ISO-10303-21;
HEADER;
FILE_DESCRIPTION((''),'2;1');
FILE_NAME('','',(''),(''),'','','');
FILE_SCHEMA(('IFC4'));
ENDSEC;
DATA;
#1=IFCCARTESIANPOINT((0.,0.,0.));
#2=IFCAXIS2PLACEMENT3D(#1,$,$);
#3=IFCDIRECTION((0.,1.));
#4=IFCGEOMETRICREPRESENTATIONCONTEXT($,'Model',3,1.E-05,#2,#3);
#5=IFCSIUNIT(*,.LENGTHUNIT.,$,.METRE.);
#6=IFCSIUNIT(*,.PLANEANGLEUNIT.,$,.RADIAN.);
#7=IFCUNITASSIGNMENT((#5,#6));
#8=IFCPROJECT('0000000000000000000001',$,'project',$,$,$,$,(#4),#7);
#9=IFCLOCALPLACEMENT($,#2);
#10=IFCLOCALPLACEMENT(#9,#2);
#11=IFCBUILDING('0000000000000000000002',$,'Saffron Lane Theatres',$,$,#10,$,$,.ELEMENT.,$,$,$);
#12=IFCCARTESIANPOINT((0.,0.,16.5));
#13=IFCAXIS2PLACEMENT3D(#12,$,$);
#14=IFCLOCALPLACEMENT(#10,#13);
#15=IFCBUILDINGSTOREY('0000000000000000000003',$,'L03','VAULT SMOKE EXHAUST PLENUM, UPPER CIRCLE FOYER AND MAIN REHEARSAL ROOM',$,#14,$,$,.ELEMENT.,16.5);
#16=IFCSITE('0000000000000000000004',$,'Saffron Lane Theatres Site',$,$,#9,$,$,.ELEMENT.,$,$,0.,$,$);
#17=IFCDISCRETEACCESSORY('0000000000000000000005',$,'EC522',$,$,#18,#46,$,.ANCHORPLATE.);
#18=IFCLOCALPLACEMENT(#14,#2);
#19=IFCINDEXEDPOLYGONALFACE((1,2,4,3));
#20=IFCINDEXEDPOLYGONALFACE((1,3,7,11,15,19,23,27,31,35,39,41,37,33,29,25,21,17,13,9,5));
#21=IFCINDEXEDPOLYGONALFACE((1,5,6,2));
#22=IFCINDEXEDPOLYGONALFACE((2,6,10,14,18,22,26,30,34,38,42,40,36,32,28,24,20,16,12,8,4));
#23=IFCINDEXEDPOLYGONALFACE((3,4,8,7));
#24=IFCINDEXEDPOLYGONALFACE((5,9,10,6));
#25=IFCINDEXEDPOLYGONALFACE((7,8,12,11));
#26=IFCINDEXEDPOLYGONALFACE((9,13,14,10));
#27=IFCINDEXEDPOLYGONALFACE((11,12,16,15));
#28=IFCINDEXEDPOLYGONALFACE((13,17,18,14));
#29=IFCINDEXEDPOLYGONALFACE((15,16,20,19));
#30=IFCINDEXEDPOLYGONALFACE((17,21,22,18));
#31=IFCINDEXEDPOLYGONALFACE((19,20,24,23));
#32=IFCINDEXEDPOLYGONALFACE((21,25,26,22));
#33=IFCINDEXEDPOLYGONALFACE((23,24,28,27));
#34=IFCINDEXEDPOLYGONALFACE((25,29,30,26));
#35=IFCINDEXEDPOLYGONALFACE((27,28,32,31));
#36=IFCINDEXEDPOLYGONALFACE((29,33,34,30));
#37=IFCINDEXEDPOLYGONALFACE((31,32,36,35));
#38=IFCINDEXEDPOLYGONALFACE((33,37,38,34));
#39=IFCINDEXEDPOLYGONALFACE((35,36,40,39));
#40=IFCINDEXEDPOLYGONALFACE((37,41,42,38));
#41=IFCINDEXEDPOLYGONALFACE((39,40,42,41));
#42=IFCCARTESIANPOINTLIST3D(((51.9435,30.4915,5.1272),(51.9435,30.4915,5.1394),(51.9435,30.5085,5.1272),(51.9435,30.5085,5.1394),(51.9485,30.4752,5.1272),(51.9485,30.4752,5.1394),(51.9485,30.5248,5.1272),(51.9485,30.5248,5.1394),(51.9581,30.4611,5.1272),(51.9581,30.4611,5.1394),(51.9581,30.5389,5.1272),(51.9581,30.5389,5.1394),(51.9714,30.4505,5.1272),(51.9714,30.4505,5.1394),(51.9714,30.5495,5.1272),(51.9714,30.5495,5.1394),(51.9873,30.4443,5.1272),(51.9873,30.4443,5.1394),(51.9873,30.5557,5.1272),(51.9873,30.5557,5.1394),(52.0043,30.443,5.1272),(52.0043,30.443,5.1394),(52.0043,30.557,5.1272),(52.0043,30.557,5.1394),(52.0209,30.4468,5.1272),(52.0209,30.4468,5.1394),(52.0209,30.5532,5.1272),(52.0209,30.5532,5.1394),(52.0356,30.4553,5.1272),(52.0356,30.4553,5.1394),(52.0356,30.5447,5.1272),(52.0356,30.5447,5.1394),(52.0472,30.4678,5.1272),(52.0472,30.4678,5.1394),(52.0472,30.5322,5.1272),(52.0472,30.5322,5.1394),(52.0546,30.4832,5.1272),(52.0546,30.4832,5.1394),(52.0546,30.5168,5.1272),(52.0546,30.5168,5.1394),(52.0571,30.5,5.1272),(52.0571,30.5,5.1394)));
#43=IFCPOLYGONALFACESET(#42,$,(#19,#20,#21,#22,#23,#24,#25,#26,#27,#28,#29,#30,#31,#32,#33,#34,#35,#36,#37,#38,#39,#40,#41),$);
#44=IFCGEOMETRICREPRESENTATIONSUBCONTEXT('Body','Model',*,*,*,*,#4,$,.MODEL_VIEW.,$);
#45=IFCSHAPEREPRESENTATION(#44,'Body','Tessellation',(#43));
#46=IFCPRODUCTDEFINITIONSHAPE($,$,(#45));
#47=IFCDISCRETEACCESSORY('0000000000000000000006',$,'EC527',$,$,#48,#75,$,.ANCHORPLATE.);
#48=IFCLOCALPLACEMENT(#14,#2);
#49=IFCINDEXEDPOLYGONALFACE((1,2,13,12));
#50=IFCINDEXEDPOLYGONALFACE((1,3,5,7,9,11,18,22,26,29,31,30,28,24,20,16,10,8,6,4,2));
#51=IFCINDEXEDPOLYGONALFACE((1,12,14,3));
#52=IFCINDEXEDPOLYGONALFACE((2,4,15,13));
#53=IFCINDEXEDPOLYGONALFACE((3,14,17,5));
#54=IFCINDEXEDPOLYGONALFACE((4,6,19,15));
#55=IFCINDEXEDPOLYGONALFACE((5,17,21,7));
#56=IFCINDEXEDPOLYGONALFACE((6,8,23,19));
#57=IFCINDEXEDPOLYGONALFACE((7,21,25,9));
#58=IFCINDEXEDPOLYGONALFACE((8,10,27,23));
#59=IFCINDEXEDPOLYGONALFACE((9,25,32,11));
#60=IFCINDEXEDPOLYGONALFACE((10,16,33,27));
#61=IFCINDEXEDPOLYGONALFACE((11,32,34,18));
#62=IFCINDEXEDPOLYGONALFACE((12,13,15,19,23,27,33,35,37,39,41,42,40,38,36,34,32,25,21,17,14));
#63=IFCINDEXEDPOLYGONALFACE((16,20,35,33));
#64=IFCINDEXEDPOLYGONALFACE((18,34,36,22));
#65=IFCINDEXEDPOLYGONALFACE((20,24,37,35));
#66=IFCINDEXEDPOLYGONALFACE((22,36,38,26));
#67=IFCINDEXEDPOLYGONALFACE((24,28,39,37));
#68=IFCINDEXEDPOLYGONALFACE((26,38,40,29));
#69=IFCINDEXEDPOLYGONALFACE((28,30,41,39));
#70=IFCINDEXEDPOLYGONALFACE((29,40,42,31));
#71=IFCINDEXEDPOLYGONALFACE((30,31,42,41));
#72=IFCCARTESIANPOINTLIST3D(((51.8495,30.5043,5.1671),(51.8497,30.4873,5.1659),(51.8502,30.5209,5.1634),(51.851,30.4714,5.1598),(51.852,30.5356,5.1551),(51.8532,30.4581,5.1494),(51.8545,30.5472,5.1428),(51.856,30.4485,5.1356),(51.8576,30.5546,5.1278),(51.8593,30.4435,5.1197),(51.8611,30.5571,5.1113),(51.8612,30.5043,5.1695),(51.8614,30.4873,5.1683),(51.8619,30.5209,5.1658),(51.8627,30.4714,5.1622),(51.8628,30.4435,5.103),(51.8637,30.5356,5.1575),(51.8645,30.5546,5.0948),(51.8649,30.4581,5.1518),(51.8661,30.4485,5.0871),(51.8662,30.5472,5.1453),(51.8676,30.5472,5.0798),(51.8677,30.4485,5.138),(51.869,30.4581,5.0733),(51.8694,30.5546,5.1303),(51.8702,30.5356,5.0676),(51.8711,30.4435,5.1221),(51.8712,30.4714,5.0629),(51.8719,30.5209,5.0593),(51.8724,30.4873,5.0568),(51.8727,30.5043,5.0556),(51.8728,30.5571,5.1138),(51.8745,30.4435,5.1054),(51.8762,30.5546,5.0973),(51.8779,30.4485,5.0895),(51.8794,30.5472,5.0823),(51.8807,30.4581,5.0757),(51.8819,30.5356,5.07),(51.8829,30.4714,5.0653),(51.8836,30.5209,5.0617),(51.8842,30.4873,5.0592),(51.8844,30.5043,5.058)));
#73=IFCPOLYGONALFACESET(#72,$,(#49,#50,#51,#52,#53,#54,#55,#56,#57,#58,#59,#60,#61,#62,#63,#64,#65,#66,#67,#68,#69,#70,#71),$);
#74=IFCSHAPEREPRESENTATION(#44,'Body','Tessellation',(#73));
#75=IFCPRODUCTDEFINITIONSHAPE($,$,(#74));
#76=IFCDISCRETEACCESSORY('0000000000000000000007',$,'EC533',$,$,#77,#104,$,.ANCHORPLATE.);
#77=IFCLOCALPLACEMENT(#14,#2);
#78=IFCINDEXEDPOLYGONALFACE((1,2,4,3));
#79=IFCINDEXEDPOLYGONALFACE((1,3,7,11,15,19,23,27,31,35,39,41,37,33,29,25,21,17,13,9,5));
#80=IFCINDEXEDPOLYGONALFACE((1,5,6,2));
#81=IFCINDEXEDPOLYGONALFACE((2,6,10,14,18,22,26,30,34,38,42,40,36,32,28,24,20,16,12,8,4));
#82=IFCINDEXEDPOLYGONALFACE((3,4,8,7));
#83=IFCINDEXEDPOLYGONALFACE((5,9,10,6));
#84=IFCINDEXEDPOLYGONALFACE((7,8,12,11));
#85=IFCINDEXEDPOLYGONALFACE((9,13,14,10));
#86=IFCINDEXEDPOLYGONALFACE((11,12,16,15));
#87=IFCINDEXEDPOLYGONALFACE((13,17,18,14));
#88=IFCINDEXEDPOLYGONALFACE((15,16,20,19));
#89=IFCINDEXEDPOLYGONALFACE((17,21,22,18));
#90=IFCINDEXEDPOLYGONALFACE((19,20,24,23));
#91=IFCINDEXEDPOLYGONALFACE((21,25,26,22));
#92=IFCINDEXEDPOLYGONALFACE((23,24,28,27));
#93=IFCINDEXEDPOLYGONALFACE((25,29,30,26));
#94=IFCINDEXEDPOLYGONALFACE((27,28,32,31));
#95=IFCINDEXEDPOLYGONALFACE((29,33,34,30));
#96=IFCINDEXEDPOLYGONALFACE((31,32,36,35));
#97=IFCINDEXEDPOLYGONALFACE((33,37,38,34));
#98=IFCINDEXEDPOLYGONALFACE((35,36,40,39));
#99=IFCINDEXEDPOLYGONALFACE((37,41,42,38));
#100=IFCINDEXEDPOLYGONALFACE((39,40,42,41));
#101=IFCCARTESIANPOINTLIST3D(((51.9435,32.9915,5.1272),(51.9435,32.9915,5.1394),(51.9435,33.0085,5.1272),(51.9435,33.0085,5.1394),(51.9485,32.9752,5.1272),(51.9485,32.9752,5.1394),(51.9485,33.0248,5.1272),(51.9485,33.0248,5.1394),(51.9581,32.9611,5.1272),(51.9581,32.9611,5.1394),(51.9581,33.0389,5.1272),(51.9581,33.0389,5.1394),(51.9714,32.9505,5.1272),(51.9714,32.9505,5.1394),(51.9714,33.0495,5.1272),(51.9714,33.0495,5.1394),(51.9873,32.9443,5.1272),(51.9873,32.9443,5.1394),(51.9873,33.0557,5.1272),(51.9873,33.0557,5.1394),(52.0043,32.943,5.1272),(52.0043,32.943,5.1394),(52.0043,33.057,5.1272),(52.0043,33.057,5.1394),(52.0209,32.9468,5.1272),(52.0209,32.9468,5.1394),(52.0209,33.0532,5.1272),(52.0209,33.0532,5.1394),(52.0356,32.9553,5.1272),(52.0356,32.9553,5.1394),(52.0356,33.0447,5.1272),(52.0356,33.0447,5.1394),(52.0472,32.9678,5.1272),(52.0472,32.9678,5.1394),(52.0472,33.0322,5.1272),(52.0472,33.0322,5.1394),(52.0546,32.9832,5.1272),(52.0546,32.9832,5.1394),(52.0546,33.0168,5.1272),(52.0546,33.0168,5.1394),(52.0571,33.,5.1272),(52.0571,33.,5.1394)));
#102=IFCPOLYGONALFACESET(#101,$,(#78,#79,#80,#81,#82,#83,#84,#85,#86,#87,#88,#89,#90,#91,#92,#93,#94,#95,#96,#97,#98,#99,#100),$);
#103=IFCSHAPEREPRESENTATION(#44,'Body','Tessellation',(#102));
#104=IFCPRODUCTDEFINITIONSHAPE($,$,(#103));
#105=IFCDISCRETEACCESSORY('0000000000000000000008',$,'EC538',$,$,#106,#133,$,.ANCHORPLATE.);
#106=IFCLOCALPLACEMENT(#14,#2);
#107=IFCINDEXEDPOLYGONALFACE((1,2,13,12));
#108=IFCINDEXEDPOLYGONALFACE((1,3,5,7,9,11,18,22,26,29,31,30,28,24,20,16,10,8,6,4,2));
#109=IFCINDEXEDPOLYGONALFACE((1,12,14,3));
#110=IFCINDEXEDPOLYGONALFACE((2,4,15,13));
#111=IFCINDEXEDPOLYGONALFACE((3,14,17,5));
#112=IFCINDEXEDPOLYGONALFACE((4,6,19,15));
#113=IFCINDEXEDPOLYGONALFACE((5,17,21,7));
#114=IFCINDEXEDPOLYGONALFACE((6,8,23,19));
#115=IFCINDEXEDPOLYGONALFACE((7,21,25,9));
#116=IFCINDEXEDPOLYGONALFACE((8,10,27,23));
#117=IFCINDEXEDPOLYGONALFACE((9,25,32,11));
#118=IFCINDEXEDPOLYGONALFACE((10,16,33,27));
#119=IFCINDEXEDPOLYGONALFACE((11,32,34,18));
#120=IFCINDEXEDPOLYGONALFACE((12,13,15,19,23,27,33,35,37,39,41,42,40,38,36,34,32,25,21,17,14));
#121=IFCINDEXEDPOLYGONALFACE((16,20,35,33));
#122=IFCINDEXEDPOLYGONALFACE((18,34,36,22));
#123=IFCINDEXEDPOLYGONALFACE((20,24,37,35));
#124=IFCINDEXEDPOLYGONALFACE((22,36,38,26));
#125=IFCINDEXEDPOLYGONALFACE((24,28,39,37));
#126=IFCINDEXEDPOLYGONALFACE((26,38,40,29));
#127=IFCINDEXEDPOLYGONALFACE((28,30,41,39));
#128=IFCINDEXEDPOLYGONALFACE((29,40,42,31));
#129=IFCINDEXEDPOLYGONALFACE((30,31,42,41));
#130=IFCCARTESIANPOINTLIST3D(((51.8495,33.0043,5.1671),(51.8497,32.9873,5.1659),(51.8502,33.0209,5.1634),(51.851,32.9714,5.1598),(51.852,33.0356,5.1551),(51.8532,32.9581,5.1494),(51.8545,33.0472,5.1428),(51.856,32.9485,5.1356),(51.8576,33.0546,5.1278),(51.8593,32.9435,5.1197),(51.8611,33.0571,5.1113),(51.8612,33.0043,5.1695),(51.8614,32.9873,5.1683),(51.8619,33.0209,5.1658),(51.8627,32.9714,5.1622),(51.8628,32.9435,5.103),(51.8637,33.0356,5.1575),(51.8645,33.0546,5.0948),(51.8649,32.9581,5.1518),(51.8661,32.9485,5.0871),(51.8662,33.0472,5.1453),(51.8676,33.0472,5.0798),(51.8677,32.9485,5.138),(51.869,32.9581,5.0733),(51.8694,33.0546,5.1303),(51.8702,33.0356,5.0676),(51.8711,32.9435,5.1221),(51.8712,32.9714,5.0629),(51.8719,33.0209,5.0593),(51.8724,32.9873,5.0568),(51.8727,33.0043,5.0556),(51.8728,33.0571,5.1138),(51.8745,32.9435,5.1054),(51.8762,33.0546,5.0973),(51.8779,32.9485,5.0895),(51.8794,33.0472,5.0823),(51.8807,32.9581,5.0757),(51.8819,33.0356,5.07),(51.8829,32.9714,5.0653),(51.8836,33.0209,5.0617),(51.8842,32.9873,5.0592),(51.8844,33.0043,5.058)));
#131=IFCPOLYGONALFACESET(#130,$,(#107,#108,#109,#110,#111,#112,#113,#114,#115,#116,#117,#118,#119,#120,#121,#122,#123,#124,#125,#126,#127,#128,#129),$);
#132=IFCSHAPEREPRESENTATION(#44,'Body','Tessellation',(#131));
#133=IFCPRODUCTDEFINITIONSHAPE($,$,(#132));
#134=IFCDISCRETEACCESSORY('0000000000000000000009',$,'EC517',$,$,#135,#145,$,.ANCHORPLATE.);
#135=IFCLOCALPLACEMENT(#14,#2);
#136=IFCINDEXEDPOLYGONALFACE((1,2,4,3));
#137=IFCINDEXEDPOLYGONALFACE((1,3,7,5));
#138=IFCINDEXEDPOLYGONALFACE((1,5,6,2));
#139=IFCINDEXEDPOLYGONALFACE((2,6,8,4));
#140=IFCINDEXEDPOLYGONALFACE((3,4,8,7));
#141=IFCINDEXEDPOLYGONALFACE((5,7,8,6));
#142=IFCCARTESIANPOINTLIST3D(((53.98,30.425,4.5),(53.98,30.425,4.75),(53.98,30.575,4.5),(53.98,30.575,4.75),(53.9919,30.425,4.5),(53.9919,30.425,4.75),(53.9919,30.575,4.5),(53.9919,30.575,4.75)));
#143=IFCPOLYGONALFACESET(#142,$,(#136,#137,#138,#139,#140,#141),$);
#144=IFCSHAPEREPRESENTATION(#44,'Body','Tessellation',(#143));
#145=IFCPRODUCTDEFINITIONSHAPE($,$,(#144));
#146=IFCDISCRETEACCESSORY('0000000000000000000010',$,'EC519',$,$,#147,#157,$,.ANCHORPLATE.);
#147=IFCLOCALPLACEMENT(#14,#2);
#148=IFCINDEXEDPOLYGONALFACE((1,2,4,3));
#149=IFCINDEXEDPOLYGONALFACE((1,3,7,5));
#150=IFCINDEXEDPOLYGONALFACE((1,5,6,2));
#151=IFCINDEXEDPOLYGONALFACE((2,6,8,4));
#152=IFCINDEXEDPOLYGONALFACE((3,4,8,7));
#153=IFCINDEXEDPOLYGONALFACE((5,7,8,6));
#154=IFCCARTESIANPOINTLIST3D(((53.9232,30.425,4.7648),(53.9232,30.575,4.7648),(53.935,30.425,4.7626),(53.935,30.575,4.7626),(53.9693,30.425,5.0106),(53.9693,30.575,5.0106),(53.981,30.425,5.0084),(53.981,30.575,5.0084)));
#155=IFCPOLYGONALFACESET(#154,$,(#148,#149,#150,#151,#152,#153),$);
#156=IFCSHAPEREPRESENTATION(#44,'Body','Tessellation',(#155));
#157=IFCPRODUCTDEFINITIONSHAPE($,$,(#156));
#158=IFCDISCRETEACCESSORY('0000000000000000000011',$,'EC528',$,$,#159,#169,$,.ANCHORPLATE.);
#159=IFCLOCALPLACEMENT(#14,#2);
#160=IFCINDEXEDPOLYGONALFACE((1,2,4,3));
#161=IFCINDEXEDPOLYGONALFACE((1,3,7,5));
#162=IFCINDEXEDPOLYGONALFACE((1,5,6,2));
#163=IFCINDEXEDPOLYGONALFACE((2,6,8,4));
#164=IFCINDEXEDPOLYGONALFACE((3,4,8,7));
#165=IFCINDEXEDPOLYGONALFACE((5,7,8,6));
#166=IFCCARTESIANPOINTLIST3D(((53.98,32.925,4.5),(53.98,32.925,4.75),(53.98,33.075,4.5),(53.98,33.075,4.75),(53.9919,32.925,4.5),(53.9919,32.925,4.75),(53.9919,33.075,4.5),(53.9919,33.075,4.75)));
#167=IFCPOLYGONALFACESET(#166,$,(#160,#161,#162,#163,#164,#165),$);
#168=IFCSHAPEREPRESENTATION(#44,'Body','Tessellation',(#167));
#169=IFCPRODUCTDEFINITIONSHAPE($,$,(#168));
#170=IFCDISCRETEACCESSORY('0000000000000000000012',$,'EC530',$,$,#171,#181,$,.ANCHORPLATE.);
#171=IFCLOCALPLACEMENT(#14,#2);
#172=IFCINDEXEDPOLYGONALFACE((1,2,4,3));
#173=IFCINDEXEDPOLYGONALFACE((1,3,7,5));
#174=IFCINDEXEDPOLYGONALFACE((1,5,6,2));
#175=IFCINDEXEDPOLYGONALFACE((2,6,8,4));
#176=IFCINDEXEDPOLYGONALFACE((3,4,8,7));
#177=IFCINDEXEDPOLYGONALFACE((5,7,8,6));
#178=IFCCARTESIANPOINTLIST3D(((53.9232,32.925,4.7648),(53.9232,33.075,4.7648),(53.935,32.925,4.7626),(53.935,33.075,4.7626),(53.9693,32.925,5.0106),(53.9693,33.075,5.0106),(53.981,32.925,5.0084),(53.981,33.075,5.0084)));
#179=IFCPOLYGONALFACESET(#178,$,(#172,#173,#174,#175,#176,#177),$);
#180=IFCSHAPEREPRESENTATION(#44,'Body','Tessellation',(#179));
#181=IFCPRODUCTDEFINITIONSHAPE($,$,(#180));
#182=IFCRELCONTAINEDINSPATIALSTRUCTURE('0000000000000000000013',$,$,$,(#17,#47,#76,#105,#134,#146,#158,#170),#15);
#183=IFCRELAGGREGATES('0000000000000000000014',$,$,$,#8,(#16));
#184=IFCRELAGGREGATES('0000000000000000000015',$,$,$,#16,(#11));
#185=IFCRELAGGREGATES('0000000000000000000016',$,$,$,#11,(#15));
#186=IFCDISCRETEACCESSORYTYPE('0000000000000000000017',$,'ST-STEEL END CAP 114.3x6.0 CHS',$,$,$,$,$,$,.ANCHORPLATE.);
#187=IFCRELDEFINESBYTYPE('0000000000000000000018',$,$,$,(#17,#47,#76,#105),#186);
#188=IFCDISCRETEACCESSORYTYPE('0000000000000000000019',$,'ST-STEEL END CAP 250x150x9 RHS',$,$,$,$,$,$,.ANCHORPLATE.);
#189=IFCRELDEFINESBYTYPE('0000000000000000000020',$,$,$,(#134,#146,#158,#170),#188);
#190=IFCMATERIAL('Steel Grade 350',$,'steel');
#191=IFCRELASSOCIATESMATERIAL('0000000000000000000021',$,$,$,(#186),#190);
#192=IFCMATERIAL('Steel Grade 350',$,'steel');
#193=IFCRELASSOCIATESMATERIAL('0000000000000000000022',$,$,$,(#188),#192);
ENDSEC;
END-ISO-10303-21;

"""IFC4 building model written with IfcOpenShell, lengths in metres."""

from ifc_helpers import new_model, si_unit, direction, frame, origin, origin_2d, place, context, subcontext, project, spatial, rectangle, circle, extrude, material, material_profile, profile_set, type_object, element, save


model = new_model("IFC4")

# Units and contexts
model_context = context("Model", 3, precision=1e-05, world=origin(), true_north=direction((0.0, 1.0)))
body_context = subcontext(model_context, "Body", "Model", "MODEL_VIEW")
ifc_project = project(units=[si_unit("LENGTHUNIT", "METRE"), si_unit("PLANEANGLEUNIT", "RADIAN")], contexts=[model_context])

# Site, building, storey
site_placement = place(None, origin())
site = spatial("IfcSite", under=ifc_project, at=site_placement, Name="Saffron Lane Theatres Site", CompositionType="ELEMENT", RefElevation=0.0)
building_placement = place(site_placement, origin())
building = spatial("IfcBuilding", under=site, at=building_placement, Name="Saffron Lane Theatres", CompositionType="ELEMENT")
storey_placement = place(building_placement, frame((0.0, 0.0, 16.5)))
storey = spatial("IfcBuildingStorey", under=building, at=storey_placement, Name="L03", Description="VAULT SMOKE EXHAUST PLENUM, UPPER CIRCLE FOYER AND MAIN REHEARSAL ROOM", CompositionType="ELEMENT", Elevation=16.5)

# Discrete accessories
ifc_material_1 = material(Name="Steel Grade 350", Category="steel")
ifc_material_profile_1 = material_profile(ifc_material_1, circle(Radius=0.0571, at=origin_2d()))
ifc_profile_set_1 = profile_set([ifc_material_profile_1], Name="Steel Grade 350")
discrete_accessory_type_1 = type_object("IfcDiscreteAccessoryType", Name="ST-STEEL END CAP 114.3x6.0 CHS", PredefinedType="ANCHORPLATE", material=ifc_profile_set_1)
discrete_accessory_1_placement = place(storey_placement, frame((52.0, 30.5, 5.1272), z_axis=(0.0, 0.0, 1.0), x_axis=(1.0, 0.0, 0.0)))
element("IfcDiscreteAccessory", 1, at=discrete_accessory_1_placement, inside=storey, type_object=discrete_accessory_type_1, Name="EC522", PredefinedType="ANCHORPLATE", context=body_context, shape_type="SweptSolid", body=[
    extrude(circle(Radius=0.0571, at=origin_2d()), origin(), (0.0, 0.0, 1.0), 0.0122),
])
discrete_accessory_2_placement = place(storey_placement, frame((51.8611, 30.5, 5.1113), z_axis=(0.97898, 0.0, 0.203954), x_axis=(0.0, 1.0, 0.0)))
element("IfcDiscreteAccessory", 2, at=discrete_accessory_2_placement, inside=storey, type_object=discrete_accessory_type_1, Name="EC527", PredefinedType="ANCHORPLATE", context=body_context, shape_type="SweptSolid", body=[
    extrude(circle(Radius=0.0571, at=origin_2d()), origin(), (0.0, 0.0, 1.0), 0.012),
])
discrete_accessory_3_placement = place(storey_placement, frame((52.0, 33.0, 5.1272), z_axis=(0.0, 0.0, 1.0), x_axis=(1.0, 0.0, 0.0)))
element("IfcDiscreteAccessory", 3, at=discrete_accessory_3_placement, inside=storey, type_object=discrete_accessory_type_1, Name="EC533", PredefinedType="ANCHORPLATE", context=body_context, shape_type="SweptSolid", body=[
    extrude(circle(Radius=0.0571, at=origin_2d()), origin(), (0.0, 0.0, 1.0), 0.0122),
])
discrete_accessory_4_placement = place(storey_placement, frame((51.8611, 33.0, 5.1113), z_axis=(0.97898, 0.0, 0.203954), x_axis=(0.0, 1.0, 0.0)))
element("IfcDiscreteAccessory", 4, at=discrete_accessory_4_placement, inside=storey, type_object=discrete_accessory_type_1, Name="EC538", PredefinedType="ANCHORPLATE", context=body_context, shape_type="SweptSolid", body=[
    extrude(circle(Radius=0.0571, at=origin_2d()), origin(), (0.0, 0.0, 1.0), 0.012),
])
ifc_material_2 = material(Name="Steel Grade 350", Category="steel")
ifc_material_profile_2 = material_profile(ifc_material_2, rectangle(XDim=0.1499, YDim=0.25, at=origin_2d()))
ifc_profile_set_2 = profile_set([ifc_material_profile_2], Name="Steel Grade 350")
discrete_accessory_type_2 = type_object("IfcDiscreteAccessoryType", Name="ST-STEEL END CAP 250x150x9 RHS", PredefinedType="ANCHORPLATE", material=ifc_profile_set_2)
for number, where, z_axis, x_axis, name in (
    (5, (53.9919, 30.5, 4.625), (-1.0, 0.0, 0.0), (0.0, -1.0, 0.0), "EC517"),
    (6, (53.958, 30.5, 4.8855), (-0.982872, 0.0, 0.184289), (0.0, -1.0, 0.0), "EC519"),
    (7, (53.9919, 33.0, 4.625), (-1.0, 0.0, 0.0), (0.0, -1.0, 0.0), "EC528"),
    (8, (53.958, 33.0, 4.8855), (-0.982872, 0.0, 0.184289), (0.0, -1.0, 0.0), "EC530"),
):
    element("IfcDiscreteAccessory", number, at=place(storey_placement, frame(where, z_axis=z_axis, x_axis=x_axis)), inside=storey, type_object=discrete_accessory_type_2, Name=name, PredefinedType="ANCHORPLATE", context=body_context, shape_type="SweptSolid", body=[
        extrude(rectangle(XDim=0.1499, YDim=0.25, at=origin_2d()), origin(), (0.0, 0.0, 1.0), 0.012),
    ])

save(model, "model.ifc")
